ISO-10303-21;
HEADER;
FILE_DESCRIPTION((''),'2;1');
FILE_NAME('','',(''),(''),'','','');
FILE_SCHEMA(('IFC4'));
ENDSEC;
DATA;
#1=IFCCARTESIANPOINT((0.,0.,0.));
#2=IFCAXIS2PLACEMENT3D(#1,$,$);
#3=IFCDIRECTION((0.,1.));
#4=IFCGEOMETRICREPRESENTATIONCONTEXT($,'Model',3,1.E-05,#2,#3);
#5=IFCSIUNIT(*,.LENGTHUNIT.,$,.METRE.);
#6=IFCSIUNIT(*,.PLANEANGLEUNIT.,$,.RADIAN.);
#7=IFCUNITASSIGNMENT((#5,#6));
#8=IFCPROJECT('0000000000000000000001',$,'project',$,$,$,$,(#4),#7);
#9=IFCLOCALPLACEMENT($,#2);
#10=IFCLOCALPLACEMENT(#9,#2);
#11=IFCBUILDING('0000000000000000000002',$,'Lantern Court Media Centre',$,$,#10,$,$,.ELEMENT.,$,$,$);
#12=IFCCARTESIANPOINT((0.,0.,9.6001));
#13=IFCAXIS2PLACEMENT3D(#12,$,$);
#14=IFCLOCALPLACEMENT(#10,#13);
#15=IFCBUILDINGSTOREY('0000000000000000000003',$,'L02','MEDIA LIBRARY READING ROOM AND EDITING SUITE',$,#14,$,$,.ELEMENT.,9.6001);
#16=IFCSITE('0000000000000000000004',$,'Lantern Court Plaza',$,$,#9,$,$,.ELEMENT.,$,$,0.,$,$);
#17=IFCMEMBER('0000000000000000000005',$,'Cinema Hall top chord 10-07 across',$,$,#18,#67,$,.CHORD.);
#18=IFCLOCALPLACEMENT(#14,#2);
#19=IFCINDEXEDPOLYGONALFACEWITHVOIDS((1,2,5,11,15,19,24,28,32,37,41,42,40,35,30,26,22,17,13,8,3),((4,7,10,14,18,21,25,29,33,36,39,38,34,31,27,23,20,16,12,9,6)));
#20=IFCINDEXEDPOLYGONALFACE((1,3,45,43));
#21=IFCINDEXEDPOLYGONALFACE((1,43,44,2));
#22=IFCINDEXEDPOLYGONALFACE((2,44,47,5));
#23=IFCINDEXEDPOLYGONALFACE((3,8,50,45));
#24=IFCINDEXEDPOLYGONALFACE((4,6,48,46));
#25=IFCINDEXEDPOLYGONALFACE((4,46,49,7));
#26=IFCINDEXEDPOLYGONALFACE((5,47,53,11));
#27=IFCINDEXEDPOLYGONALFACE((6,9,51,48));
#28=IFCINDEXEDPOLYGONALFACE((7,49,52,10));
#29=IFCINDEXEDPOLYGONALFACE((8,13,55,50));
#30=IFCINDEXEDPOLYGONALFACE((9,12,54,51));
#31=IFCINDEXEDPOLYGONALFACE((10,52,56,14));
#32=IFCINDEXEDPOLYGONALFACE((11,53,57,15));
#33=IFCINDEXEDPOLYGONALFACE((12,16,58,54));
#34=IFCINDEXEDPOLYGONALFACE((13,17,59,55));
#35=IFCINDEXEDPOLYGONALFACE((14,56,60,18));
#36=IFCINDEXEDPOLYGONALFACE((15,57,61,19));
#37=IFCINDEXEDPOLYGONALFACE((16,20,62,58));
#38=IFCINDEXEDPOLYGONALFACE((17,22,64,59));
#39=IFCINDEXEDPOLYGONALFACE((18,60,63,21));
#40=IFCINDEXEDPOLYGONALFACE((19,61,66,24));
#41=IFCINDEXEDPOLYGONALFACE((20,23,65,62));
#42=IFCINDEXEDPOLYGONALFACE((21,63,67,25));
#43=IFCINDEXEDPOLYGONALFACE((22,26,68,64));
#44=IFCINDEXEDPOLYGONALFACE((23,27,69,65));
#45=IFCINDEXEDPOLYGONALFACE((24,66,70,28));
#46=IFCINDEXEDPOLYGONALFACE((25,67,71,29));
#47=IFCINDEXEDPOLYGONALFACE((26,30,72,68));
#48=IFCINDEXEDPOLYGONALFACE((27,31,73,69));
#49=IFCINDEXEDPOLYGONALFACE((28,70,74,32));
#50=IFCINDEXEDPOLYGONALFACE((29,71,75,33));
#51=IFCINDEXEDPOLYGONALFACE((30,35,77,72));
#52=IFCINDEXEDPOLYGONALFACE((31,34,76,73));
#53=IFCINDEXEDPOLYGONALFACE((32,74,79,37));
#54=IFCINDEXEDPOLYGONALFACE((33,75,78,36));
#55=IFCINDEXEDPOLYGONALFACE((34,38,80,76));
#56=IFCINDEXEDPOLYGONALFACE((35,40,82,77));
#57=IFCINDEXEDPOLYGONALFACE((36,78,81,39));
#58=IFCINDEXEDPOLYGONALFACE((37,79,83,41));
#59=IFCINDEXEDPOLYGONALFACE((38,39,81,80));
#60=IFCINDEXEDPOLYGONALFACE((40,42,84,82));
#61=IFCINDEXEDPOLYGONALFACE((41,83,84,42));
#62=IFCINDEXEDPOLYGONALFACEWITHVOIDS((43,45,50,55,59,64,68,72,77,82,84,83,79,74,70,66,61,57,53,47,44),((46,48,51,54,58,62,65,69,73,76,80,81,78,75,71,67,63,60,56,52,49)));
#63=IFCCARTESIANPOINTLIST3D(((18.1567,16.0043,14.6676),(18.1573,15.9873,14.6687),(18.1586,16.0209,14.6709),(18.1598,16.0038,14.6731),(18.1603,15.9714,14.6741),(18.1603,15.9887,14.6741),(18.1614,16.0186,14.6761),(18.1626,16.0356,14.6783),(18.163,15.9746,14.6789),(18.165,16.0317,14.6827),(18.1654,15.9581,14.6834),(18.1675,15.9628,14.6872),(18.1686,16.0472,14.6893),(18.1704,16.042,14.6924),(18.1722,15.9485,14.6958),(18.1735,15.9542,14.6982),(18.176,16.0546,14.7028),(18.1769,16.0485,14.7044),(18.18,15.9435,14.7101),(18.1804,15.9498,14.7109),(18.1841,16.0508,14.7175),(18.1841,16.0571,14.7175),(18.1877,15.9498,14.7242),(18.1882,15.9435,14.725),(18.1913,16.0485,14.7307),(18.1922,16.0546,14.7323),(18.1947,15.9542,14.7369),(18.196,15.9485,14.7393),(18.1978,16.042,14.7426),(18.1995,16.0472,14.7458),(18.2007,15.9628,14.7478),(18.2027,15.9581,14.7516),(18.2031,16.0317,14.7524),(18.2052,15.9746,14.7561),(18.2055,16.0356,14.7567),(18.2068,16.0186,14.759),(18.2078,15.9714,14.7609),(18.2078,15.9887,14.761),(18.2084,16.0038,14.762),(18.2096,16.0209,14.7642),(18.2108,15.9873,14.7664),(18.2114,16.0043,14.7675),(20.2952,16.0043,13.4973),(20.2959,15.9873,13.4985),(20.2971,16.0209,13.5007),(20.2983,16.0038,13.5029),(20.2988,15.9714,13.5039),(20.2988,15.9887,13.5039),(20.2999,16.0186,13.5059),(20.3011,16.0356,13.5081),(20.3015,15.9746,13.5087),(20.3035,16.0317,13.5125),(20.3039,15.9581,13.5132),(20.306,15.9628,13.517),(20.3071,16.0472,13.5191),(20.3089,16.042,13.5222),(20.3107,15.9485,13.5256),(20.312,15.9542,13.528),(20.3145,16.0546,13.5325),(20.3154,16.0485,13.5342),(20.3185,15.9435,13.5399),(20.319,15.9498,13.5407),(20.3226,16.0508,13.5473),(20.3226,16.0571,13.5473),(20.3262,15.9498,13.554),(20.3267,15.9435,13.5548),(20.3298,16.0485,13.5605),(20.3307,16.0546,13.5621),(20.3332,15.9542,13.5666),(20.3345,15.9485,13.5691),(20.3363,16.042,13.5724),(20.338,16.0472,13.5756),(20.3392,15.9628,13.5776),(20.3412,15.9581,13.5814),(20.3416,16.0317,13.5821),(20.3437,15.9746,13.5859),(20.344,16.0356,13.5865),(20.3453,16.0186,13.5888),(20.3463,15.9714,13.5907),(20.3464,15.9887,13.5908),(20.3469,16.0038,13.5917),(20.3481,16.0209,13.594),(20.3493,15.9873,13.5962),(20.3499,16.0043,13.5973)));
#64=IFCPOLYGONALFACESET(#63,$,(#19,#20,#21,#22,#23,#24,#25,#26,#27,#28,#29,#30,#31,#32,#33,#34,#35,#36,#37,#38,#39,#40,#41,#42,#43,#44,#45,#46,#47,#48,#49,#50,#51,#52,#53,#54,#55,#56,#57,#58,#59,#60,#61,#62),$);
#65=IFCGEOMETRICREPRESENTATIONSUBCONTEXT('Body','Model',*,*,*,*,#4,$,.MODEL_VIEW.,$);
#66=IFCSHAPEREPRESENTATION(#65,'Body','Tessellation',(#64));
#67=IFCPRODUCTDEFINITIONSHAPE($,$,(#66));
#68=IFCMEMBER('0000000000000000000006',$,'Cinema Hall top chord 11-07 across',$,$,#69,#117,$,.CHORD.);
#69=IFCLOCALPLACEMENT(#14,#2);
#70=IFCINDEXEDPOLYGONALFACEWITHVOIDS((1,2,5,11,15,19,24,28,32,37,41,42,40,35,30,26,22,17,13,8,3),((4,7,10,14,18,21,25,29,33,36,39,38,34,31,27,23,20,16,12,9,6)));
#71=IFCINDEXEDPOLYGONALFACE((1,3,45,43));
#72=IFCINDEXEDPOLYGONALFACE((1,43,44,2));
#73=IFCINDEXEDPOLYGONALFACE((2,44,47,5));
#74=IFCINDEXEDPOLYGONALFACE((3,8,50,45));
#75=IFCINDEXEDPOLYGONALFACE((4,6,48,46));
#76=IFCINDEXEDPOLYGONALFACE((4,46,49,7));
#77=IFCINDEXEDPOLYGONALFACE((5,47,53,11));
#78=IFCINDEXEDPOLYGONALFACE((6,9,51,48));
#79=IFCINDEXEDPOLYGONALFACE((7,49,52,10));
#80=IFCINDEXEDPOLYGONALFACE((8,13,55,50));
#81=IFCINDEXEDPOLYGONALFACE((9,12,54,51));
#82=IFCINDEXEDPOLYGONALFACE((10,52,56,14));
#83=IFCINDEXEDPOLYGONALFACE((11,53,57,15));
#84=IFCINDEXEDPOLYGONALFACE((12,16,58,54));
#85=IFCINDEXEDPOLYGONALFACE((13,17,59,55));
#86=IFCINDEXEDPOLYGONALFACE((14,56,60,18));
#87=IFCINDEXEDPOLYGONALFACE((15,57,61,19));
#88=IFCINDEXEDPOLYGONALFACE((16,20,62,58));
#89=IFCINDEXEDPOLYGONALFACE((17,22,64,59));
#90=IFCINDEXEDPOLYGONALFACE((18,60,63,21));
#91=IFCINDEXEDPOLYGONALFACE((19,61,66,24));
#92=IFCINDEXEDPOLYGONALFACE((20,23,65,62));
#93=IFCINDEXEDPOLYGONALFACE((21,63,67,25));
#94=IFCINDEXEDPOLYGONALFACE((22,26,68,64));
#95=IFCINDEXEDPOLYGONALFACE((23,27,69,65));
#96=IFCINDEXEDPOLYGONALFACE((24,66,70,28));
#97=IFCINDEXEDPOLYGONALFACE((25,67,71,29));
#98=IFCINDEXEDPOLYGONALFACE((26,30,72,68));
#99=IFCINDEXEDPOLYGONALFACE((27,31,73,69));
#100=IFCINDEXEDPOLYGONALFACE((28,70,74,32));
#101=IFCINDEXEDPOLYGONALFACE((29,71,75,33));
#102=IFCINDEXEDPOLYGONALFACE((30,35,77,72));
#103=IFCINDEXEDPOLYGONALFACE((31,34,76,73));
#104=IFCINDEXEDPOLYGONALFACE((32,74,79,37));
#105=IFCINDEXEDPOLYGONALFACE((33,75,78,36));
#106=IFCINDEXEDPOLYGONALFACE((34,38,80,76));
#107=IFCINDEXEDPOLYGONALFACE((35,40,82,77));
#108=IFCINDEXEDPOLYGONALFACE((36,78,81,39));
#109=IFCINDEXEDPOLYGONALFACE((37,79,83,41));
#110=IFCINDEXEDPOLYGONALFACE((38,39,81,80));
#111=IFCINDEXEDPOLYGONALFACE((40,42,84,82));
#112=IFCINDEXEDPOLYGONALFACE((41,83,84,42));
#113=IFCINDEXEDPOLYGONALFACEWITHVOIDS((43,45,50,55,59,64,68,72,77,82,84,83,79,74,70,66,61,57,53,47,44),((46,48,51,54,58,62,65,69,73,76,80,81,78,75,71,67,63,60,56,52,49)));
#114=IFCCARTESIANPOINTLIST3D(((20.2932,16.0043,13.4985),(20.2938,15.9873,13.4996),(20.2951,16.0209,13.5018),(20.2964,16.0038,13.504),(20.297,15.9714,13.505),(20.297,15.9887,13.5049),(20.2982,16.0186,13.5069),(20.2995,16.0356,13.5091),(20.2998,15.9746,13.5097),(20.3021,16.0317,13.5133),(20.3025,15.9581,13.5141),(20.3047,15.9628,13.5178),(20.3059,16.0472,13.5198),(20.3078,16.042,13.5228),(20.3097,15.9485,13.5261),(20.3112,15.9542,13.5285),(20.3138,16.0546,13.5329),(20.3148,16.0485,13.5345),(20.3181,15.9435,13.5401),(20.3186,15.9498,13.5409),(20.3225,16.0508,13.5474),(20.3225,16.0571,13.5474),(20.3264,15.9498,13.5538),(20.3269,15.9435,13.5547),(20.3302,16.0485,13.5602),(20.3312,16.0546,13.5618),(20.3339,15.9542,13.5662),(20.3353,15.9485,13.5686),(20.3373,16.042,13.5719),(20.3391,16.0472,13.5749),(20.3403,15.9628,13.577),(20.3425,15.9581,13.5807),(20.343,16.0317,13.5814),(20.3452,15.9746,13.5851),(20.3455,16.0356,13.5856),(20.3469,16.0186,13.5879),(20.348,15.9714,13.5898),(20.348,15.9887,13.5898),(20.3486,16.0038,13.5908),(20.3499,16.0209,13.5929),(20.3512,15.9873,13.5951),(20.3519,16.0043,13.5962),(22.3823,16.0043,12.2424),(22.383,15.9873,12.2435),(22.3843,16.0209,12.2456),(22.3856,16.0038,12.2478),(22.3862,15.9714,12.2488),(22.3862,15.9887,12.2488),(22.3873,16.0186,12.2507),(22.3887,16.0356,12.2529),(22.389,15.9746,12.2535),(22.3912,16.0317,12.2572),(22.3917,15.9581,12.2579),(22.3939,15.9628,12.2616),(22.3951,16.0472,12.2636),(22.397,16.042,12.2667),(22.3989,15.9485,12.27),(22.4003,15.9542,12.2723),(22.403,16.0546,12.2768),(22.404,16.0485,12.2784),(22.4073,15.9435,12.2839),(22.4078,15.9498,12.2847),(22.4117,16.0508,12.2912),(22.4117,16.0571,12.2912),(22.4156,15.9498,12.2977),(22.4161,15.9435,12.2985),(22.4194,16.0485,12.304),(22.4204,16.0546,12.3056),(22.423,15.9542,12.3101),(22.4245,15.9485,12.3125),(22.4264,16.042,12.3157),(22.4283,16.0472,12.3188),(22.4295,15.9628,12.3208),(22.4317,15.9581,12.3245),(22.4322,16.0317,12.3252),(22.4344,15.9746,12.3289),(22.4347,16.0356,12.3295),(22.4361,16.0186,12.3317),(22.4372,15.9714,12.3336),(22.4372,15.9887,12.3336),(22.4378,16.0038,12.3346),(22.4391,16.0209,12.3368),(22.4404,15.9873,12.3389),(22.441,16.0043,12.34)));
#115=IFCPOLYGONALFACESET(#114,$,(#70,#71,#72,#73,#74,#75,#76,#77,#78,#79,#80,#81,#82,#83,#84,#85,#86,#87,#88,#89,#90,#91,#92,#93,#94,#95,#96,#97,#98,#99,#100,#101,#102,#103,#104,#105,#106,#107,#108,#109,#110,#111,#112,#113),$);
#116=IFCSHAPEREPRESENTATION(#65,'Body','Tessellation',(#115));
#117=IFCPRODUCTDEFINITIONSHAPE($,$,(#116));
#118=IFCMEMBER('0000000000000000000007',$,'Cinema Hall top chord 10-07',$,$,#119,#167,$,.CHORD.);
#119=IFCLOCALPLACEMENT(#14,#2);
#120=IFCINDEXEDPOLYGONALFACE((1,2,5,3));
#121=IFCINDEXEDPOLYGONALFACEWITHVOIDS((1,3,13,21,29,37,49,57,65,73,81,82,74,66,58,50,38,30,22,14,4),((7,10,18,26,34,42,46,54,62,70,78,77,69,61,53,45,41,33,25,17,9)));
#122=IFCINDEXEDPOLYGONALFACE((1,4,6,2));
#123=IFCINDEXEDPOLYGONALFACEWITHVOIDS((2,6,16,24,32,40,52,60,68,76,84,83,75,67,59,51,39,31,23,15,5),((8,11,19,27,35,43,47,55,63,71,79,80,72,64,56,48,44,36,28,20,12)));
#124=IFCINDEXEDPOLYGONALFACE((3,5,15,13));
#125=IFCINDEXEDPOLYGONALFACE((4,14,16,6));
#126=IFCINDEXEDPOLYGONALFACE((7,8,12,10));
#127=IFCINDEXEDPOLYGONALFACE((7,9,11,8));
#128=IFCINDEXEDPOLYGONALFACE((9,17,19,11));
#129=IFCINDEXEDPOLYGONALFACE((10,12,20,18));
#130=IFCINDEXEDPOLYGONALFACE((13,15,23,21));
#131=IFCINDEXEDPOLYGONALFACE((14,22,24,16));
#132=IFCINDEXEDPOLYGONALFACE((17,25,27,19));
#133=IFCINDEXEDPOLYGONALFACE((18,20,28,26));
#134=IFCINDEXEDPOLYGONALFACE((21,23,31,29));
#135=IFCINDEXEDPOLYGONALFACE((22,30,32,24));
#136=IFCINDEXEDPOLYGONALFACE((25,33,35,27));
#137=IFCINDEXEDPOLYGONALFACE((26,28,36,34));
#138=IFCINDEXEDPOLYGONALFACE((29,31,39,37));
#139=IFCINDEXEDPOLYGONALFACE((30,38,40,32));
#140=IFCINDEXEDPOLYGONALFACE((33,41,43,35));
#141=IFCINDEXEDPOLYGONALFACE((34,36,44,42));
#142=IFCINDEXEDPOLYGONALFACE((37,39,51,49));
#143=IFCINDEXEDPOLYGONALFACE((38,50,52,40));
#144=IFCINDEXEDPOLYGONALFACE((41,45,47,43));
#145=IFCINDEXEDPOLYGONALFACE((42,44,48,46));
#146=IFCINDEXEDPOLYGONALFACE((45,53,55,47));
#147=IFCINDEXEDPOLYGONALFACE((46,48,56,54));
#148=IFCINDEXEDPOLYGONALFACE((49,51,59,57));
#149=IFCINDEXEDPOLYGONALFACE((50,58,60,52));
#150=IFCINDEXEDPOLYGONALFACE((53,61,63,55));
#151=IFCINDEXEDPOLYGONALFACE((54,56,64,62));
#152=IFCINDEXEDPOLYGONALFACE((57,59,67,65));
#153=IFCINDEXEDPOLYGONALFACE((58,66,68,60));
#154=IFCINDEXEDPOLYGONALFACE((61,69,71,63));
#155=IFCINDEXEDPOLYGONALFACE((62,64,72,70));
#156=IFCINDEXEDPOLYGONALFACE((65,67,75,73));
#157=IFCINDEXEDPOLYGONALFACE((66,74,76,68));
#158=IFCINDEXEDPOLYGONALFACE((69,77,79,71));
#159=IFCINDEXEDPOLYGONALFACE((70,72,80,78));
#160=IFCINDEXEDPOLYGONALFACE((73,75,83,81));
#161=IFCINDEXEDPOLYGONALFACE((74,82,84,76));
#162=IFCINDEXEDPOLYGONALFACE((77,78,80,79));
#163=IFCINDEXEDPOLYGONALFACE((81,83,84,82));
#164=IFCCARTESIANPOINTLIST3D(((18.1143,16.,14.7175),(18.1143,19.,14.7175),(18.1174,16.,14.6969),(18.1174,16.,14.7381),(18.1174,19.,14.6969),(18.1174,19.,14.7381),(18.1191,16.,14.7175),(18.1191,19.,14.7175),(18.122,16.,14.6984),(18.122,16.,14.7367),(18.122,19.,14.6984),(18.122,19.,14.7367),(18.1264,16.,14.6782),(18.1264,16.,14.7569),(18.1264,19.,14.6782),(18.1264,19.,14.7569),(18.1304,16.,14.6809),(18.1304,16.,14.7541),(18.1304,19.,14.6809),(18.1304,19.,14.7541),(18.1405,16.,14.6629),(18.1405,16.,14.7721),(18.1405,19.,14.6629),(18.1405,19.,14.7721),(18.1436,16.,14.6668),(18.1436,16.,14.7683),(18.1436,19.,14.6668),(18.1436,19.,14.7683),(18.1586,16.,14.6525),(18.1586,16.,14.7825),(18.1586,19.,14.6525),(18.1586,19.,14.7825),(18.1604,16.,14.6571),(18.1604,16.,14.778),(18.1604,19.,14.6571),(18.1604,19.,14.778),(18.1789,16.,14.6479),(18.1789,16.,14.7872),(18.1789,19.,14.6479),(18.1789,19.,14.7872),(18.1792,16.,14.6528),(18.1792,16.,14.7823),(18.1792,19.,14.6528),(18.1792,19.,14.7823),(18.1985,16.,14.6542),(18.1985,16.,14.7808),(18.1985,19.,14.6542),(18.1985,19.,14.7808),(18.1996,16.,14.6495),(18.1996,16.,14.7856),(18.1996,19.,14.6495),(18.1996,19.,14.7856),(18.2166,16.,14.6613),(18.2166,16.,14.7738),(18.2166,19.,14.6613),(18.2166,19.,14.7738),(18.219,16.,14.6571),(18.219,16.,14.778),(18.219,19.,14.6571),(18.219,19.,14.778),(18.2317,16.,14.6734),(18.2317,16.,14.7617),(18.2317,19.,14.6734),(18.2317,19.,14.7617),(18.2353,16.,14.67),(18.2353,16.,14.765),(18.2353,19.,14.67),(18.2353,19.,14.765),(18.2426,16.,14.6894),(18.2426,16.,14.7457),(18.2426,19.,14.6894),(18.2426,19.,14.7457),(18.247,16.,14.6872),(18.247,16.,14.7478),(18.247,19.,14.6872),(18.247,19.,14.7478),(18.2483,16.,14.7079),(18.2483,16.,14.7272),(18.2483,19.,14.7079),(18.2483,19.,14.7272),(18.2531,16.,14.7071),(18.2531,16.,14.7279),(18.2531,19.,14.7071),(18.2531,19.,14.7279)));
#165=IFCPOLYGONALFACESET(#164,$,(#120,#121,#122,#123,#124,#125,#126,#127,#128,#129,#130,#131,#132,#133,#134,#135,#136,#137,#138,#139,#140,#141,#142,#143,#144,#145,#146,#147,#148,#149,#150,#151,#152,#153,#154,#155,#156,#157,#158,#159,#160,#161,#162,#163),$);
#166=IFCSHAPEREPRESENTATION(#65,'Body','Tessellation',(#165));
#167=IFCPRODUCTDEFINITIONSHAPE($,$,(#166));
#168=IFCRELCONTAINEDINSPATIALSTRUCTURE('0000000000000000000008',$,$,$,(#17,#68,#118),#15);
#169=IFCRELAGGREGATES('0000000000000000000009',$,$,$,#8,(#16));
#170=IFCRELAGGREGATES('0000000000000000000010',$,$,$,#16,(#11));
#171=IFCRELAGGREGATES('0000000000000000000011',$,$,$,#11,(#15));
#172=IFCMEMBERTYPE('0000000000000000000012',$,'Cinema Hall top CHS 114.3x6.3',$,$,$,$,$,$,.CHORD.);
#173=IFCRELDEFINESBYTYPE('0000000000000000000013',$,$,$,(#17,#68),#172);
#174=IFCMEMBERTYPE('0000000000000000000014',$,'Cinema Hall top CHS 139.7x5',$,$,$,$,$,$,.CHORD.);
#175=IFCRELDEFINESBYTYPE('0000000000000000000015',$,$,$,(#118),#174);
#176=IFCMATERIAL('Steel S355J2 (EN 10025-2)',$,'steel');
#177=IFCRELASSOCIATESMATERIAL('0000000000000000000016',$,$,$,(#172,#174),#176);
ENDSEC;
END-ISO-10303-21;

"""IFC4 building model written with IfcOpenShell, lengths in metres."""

from ifc_helpers import new_model, si_unit, direction, frame, origin, origin_2d, place, context, subcontext, project, spatial, hollow_circle, extrude, material, material_profile, profile_set, type_object, element, save


model = new_model("IFC4")

# Units and contexts
model_context = context("Model", 3, precision=1e-05, world=origin(), true_north=direction((0.0, 1.0)))
body_context = subcontext(model_context, "Body", "Model", "MODEL_VIEW")
ifc_project = project(units=[si_unit("LENGTHUNIT", "METRE"), si_unit("PLANEANGLEUNIT", "RADIAN")], contexts=[model_context])

# Site, building, storey
site_placement = place(None, origin())
site = spatial("IfcSite", under=ifc_project, at=site_placement, Name="Lantern Court Plaza", CompositionType="ELEMENT", RefElevation=0.0)
building_placement = place(site_placement, origin())
building = spatial("IfcBuilding", under=site, at=building_placement, Name="Lantern Court Media Centre", CompositionType="ELEMENT")
storey_placement = place(building_placement, frame((0.0, 0.0, 9.6001)))
storey = spatial("IfcBuildingStorey", under=building, at=storey_placement, Name="L02", Description="MEDIA LIBRARY READING ROOM AND EDITING SUITE", CompositionType="ELEMENT", Elevation=9.6001)

# Members
ifc_material = material(Name="Steel S355J2 (EN 10025-2)", Category="steel")
ifc_material_profile_1 = material_profile(ifc_material, hollow_circle(Radius=0.0571, WallThickness=0.0063, at=origin_2d()), Name="Cinema Hall top CHS 114.3x6.3")
ifc_profile_set_1 = profile_set([ifc_material_profile_1], Name="Steel S355J2 (EN 10025-2)")
member_type_1 = type_object("IfcMemberType", Name="Cinema Hall top CHS 114.3x6.3", PredefinedType="CHORD", material=ifc_profile_set_1)
for number, where, z_axis, x_axis, name in (
    (1, (18.1841, 16.0, 14.7175), (0.877248, 0.0, -0.480038), (0.0, 1.0, 0.0), "Cinema Hall top chord 10-07 across"),
    (2, (20.3225, 16.0, 13.5474), (0.857015, 0.0, -0.515291), (0.0, 1.0, 0.0), "Cinema Hall top chord 11-07 across"),
):
    element("IfcMember", number, at=place(storey_placement, frame(where, z_axis=z_axis, x_axis=x_axis)), inside=storey, type_object=member_type_1, Name=name, PredefinedType="CHORD", context=body_context, shape_type="SweptSolid", body=[
        extrude(hollow_circle(Radius=0.0571, WallThickness=0.0063, at=origin_2d()), origin(), (0.0, 0.0, 1.0), 2.4377),
    ])
ifc_material_profile_2 = material_profile(ifc_material, hollow_circle(Radius=0.0698, WallThickness=0.0049, at=origin_2d()), Name="Cinema Hall top CHS 139.7x5")
ifc_profile_set_2 = profile_set([ifc_material_profile_2], Name="Steel S355J2 (EN 10025-2)")
member_type_2 = type_object("IfcMemberType", Name="Cinema Hall top CHS 139.7x5", PredefinedType="CHORD", material=ifc_profile_set_2)
member_1_placement = place(storey_placement, frame((18.1841, 16.0, 14.7175), z_axis=(0.0, 1.0, 0.0), x_axis=(-1.0, 0.0, 0.0)))
element("IfcMember", 3, at=member_1_placement, inside=storey, type_object=member_type_2, Name="Cinema Hall top chord 10-07", PredefinedType="CHORD", context=body_context, shape_type="SweptSolid", body=[
    extrude(hollow_circle(Radius=0.0698, WallThickness=0.0049, at=origin_2d()), origin(), (0.0, 0.0, 1.0), 3.0),
])

save(model, "model.ifc")
